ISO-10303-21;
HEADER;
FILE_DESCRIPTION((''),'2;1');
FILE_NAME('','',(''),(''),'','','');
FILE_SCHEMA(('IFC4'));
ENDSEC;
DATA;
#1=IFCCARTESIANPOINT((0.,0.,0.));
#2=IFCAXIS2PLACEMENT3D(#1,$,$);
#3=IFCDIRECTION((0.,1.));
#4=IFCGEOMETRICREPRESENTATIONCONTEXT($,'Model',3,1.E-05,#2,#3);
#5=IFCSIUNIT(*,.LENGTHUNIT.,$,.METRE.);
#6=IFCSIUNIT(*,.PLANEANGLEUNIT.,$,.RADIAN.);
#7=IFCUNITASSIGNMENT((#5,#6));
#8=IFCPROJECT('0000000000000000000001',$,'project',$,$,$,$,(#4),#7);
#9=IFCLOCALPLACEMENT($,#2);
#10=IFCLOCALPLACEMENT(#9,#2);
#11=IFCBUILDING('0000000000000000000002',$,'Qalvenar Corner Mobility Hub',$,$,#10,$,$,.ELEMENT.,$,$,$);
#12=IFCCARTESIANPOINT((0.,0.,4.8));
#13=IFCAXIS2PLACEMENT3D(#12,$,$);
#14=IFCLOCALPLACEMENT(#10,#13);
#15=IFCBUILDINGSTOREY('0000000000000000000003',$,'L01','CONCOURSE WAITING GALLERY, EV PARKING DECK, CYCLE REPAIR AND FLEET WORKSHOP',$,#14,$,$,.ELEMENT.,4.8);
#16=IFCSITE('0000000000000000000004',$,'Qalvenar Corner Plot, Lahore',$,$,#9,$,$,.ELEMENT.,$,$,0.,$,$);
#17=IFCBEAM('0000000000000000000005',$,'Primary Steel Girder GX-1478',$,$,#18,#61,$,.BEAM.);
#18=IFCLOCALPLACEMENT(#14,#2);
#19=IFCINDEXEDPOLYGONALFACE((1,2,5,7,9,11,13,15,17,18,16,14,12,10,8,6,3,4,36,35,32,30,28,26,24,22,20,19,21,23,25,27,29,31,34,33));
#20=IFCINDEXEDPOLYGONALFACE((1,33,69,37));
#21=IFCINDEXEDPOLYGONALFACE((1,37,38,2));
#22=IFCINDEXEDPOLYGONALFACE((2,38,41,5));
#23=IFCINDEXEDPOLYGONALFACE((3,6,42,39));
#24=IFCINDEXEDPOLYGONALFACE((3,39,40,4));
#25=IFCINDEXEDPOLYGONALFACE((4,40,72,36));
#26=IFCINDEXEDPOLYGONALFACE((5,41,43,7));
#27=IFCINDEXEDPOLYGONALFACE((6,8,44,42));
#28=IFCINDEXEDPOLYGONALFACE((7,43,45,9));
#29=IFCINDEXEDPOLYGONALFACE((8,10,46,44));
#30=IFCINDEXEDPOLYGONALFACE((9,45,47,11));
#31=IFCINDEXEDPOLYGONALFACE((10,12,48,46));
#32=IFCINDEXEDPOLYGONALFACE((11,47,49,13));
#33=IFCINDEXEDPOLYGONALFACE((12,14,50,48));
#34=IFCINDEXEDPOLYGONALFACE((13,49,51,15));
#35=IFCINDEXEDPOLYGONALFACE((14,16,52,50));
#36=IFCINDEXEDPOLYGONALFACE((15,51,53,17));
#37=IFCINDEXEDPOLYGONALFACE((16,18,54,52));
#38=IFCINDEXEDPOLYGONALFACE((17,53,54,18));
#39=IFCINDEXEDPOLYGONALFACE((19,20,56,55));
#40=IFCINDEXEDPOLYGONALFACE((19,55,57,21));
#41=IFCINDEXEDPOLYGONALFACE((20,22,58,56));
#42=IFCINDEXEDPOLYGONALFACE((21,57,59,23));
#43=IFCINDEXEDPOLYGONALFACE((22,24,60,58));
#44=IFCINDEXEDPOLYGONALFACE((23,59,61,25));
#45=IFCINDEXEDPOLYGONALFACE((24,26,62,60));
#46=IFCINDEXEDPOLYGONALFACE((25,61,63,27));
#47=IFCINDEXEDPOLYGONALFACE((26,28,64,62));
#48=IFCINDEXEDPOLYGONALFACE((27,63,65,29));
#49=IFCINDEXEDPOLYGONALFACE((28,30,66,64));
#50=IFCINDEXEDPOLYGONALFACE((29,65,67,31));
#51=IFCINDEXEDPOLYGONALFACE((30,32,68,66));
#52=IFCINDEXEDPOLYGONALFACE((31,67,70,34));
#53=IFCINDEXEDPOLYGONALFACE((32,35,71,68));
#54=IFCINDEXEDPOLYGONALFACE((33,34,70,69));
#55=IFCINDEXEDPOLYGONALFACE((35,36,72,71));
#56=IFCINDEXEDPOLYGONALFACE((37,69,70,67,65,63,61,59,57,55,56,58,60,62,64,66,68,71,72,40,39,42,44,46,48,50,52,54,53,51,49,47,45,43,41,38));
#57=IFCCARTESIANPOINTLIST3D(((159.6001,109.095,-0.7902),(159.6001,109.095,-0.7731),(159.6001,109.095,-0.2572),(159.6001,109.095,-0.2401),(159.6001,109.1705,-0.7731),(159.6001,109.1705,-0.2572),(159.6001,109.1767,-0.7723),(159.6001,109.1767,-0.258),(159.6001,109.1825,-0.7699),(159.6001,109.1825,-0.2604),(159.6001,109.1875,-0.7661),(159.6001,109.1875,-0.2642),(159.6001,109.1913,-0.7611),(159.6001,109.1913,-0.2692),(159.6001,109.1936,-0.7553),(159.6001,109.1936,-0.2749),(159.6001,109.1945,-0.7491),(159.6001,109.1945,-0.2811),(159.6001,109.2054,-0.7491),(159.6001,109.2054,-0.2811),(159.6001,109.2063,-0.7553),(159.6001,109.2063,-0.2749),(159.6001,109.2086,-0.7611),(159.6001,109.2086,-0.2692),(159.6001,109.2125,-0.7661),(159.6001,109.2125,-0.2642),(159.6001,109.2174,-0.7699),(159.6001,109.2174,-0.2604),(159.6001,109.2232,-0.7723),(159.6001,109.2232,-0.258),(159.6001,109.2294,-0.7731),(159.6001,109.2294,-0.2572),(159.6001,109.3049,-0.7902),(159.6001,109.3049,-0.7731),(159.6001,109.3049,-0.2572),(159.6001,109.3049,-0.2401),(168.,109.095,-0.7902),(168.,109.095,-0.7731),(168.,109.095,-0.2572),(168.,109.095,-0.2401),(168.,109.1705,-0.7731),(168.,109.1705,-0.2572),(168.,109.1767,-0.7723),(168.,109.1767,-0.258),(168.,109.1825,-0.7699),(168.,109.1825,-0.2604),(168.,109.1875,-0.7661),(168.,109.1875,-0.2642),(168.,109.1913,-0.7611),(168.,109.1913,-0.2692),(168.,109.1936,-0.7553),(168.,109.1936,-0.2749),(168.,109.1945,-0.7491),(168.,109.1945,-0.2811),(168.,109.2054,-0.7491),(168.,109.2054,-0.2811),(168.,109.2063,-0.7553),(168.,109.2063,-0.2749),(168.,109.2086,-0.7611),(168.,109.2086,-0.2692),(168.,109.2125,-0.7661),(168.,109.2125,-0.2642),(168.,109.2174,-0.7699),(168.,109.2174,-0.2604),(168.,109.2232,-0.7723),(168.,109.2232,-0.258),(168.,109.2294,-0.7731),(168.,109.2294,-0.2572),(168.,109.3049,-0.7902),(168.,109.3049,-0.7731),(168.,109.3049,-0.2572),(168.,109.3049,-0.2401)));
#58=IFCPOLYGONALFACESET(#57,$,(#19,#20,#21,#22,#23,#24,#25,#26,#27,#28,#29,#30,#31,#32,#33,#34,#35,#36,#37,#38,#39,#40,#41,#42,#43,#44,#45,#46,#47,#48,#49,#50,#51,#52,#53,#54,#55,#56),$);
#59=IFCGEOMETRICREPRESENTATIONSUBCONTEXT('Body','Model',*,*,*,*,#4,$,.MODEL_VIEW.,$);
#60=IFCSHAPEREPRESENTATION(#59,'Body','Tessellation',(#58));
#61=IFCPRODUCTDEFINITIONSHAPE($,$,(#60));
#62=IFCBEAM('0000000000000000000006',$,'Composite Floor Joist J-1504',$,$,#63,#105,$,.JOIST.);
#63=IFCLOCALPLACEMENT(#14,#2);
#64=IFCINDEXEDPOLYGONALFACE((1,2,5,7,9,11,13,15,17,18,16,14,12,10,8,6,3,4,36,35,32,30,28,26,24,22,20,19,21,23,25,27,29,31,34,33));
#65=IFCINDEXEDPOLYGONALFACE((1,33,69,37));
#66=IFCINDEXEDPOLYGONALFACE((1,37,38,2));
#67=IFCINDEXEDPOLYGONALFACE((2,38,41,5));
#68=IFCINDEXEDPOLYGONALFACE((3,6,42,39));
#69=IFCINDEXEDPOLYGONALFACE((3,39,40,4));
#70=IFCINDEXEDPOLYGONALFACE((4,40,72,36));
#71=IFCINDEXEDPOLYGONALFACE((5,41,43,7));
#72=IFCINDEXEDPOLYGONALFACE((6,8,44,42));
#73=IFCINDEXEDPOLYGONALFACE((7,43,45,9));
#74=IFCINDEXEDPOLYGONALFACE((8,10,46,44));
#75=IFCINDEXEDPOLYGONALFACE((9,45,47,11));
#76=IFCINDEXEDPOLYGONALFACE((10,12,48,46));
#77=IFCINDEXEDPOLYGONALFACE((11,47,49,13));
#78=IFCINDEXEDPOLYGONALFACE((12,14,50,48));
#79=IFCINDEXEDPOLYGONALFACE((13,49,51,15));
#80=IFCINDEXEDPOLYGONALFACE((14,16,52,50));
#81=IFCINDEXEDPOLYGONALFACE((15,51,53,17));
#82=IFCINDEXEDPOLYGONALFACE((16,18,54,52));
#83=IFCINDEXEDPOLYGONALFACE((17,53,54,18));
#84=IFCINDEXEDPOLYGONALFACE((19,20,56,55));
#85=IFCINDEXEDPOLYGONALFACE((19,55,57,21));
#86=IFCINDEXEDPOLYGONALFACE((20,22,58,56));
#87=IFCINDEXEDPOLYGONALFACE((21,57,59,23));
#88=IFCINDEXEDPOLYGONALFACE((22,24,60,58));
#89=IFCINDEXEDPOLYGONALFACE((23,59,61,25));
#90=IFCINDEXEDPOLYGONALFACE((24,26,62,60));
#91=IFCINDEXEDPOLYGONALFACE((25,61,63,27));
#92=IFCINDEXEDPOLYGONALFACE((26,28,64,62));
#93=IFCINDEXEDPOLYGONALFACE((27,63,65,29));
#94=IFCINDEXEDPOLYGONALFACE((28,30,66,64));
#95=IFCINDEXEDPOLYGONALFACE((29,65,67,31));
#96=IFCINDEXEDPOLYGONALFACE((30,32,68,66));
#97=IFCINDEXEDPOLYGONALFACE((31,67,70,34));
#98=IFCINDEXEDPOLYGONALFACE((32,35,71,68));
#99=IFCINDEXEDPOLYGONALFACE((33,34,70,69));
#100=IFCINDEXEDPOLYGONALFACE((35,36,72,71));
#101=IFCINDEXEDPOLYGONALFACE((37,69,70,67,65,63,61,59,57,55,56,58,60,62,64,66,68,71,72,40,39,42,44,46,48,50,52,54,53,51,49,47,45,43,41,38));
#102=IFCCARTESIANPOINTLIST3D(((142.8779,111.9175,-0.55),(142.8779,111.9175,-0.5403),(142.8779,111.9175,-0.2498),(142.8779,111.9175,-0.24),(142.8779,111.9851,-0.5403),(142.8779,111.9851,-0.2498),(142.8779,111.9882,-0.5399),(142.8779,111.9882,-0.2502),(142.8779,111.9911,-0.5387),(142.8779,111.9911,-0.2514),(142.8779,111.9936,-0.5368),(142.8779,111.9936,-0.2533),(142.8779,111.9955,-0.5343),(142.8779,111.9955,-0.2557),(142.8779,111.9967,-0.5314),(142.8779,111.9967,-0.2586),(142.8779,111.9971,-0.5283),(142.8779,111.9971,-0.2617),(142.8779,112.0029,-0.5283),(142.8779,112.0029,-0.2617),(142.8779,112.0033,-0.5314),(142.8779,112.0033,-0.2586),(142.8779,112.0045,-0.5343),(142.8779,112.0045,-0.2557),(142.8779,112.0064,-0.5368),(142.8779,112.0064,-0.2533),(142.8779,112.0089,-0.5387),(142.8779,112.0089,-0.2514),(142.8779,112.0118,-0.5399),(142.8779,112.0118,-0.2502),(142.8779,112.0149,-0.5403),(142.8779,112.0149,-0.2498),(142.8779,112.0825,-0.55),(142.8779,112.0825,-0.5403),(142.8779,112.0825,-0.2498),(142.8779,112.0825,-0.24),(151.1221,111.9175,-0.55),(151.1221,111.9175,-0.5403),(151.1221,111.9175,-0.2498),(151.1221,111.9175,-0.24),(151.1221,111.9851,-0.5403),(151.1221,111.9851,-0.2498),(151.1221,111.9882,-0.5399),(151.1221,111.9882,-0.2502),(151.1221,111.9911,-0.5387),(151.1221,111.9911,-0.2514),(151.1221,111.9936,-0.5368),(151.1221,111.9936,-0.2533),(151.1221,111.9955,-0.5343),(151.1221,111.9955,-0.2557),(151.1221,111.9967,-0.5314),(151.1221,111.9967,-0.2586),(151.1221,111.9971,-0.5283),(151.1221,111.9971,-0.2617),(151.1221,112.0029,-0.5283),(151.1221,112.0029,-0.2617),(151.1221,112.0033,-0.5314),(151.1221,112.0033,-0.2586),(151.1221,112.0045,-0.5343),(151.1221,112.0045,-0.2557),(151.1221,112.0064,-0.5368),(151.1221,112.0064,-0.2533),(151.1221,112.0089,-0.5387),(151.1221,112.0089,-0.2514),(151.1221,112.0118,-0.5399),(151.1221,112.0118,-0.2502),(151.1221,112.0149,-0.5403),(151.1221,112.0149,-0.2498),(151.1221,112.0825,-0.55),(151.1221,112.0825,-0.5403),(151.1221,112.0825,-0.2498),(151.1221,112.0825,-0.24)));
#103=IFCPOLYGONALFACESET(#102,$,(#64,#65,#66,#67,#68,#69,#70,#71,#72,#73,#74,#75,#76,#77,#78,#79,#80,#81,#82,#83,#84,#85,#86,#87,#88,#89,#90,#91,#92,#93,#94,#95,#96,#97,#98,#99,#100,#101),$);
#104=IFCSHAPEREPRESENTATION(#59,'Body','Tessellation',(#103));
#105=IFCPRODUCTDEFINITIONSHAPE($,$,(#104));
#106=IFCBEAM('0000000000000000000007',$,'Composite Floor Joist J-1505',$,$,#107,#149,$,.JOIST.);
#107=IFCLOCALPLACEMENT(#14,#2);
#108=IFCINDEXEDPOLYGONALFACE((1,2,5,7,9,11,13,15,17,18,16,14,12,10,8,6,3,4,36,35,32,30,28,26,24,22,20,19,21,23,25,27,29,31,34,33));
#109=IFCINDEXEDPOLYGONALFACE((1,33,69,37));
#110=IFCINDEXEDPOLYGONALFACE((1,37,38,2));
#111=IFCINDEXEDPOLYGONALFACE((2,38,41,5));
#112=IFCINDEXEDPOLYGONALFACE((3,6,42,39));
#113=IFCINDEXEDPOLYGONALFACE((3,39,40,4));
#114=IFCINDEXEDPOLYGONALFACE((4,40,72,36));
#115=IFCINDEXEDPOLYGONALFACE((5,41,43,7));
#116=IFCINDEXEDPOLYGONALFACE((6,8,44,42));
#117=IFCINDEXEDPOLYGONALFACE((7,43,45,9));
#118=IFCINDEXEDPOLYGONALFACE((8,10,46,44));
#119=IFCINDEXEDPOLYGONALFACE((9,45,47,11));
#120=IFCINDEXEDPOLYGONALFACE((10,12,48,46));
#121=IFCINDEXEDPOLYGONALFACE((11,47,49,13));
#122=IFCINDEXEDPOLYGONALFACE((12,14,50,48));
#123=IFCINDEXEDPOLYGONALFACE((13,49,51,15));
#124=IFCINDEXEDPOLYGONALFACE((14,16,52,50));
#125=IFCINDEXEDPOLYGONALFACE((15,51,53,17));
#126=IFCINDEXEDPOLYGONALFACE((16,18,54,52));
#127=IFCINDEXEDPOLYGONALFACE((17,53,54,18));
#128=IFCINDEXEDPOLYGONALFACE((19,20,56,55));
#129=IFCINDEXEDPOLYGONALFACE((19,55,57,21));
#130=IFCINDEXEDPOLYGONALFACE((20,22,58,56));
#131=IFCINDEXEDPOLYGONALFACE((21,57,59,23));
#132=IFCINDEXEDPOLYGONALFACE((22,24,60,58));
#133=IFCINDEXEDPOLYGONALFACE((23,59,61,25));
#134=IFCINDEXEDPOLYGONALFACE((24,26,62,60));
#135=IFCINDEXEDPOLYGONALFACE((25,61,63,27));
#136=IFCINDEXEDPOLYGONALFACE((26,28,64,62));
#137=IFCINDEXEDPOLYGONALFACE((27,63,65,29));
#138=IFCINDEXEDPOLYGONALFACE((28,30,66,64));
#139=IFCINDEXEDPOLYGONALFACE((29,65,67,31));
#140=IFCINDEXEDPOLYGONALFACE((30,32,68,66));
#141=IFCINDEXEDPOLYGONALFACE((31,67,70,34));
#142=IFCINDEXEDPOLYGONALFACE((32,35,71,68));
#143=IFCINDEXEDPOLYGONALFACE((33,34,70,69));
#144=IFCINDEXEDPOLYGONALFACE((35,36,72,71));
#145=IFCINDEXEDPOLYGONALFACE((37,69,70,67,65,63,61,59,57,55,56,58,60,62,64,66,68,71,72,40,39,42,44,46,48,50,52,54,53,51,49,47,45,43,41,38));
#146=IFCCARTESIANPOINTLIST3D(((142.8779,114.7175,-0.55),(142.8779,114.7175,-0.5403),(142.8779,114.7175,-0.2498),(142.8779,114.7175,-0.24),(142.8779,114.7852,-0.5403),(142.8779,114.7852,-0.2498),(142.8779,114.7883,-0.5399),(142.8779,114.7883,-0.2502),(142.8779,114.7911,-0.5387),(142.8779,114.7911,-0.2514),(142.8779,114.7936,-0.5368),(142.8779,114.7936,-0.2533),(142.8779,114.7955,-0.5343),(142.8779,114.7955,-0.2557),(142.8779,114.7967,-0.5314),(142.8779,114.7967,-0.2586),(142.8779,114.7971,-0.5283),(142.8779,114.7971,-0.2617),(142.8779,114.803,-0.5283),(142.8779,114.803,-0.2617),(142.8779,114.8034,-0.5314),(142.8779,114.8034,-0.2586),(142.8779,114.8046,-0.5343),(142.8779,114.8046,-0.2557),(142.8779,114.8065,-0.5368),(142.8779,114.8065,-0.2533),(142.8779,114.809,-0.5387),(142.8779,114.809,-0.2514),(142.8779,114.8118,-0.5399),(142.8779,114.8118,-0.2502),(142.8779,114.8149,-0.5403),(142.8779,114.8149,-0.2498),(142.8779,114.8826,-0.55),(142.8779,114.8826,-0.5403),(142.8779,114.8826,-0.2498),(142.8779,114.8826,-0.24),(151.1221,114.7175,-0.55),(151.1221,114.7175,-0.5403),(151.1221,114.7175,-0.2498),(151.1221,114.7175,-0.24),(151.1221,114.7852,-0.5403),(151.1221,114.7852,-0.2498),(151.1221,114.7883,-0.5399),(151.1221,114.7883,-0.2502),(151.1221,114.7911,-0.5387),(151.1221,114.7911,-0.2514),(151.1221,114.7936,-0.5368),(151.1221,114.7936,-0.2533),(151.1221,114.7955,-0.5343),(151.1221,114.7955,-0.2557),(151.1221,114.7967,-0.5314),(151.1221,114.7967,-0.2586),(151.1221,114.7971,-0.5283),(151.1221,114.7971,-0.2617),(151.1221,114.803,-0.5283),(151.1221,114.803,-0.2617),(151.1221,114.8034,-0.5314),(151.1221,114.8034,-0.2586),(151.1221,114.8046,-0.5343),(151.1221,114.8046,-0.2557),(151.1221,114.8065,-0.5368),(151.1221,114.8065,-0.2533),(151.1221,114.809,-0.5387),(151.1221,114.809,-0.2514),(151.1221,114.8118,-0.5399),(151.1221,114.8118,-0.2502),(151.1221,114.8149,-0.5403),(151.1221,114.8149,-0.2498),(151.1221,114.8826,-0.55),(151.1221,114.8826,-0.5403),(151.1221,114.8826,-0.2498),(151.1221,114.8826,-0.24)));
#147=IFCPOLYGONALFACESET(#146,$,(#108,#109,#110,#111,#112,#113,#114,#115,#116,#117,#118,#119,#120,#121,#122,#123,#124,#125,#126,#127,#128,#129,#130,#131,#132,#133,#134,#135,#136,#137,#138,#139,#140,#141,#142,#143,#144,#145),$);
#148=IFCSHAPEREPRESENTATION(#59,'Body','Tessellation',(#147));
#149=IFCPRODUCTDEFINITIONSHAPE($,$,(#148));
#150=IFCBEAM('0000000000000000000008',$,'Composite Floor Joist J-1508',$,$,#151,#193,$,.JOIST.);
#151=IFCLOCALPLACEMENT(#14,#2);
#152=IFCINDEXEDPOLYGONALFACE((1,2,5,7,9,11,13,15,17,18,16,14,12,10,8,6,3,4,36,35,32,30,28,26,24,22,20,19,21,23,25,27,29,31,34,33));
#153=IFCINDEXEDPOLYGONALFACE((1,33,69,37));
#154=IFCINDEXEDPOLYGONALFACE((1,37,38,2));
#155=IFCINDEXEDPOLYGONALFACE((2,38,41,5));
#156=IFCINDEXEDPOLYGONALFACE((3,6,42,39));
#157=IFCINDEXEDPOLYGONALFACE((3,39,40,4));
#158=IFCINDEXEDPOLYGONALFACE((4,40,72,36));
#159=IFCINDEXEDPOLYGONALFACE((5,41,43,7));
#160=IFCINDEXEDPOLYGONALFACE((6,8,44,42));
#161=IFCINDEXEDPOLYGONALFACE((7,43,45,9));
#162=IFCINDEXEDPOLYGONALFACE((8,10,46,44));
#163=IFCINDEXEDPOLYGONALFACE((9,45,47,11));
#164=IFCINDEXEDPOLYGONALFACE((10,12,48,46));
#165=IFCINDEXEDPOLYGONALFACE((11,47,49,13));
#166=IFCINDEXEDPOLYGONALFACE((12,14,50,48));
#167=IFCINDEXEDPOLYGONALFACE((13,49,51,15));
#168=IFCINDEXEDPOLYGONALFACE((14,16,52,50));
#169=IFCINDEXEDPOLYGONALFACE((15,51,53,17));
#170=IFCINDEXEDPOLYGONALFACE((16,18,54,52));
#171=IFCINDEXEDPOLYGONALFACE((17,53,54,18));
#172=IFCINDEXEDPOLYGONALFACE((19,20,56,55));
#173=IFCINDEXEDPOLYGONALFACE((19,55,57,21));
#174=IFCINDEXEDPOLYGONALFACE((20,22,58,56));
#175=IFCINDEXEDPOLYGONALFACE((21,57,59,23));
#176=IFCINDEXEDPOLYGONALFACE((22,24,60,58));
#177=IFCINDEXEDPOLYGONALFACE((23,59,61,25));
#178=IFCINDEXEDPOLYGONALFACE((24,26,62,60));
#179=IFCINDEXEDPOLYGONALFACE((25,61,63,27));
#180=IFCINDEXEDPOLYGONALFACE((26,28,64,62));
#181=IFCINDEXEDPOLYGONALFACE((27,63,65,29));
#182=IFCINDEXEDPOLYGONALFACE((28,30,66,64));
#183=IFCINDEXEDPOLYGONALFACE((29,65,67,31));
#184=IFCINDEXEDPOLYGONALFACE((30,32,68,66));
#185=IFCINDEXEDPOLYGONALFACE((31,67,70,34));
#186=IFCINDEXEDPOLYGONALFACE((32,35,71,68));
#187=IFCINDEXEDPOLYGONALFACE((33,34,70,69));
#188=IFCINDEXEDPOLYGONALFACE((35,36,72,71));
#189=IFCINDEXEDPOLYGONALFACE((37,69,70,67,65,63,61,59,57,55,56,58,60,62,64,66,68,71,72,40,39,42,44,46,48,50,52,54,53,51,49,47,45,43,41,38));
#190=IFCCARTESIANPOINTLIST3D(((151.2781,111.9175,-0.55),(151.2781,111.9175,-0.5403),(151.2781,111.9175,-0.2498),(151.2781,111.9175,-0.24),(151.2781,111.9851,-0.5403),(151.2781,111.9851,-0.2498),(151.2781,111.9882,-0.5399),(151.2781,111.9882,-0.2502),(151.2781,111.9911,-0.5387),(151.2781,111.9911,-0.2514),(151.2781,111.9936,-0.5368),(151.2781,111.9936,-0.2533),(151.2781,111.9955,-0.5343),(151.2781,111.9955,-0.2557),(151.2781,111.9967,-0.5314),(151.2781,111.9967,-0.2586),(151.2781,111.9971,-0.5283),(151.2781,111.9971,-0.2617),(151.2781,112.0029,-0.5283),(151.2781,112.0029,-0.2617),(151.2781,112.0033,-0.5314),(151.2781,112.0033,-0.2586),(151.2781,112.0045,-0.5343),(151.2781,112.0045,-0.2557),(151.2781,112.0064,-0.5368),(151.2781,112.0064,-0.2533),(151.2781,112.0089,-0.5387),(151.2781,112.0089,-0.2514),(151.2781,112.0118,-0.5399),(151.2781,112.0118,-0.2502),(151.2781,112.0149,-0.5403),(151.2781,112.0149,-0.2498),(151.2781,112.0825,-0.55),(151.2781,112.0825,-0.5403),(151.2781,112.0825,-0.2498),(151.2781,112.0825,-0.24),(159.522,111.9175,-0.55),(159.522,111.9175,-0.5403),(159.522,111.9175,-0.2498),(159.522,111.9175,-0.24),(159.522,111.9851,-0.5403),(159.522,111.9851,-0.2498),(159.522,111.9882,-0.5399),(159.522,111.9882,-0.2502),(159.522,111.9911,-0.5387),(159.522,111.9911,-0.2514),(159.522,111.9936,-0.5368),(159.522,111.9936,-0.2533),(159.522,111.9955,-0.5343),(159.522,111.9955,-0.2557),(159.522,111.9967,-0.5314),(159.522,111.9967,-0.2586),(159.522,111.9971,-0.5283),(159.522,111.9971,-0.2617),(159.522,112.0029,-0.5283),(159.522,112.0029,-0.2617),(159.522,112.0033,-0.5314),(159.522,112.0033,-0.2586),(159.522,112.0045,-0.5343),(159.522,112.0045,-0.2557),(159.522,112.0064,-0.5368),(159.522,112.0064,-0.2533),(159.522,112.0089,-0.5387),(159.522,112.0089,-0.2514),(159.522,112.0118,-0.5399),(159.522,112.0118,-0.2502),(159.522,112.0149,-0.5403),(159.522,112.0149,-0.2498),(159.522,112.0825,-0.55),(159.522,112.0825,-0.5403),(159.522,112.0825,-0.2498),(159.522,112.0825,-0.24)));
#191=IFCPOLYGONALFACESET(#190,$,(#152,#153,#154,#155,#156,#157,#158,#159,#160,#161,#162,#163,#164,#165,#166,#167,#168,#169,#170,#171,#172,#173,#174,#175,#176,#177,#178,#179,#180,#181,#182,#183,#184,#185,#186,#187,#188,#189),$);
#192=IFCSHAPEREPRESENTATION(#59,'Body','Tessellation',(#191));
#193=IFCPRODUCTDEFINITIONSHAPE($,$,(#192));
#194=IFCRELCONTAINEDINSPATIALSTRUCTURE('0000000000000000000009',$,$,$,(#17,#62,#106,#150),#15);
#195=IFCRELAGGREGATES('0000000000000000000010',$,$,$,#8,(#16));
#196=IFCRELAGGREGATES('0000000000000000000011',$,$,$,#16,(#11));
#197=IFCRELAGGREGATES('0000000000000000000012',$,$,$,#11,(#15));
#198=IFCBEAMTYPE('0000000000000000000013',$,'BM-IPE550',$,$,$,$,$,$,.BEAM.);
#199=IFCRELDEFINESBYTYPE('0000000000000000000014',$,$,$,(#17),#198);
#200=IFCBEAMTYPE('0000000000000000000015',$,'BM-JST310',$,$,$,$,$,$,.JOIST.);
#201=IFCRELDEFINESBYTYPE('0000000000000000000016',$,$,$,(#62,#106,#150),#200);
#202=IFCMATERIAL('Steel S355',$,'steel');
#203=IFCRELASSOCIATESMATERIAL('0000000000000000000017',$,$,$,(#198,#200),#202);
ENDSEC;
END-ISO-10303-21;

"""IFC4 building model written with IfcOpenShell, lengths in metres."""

from ifc_helpers import new_model, si_unit, direction, frame, origin, origin_2d, place, context, subcontext, project, spatial, i_section, extrude, material, material_profile, profile_set, type_object, element, save


model = new_model("IFC4")

# Units and contexts
model_context = context("Model", 3, precision=1e-05, world=origin(), true_north=direction((0.0, 1.0)))
body_context = subcontext(model_context, "Body", "Model", "MODEL_VIEW")
ifc_project = project(units=[si_unit("LENGTHUNIT", "METRE"), si_unit("PLANEANGLEUNIT", "RADIAN")], contexts=[model_context])

# Site, building, storey
site_placement = place(None, origin())
site = spatial("IfcSite", under=ifc_project, at=site_placement, Name="Qalvenar Corner Plot, Lahore", CompositionType="ELEMENT", RefElevation=0.0)
building_placement = place(site_placement, origin())
building = spatial("IfcBuilding", under=site, at=building_placement, Name="Qalvenar Corner Mobility Hub", CompositionType="ELEMENT")
storey_placement = place(building_placement, frame((0.0, 0.0, 4.8)))
storey = spatial("IfcBuildingStorey", under=building, at=storey_placement, Name="L01", Description="CONCOURSE WAITING GALLERY, EV PARKING DECK, CYCLE REPAIR AND FLEET WORKSHOP", CompositionType="ELEMENT", Elevation=4.8)

# Shared definitions
ifc_material_1 = material(Name="Steel S355", Category="steel")

# Beams
ifc_material_profile_1 = material_profile(ifc_material_1, i_section(OverallWidth=0.21, OverallDepth=0.55, WebThickness=0.011, FlangeThickness=0.0171, FilletRadius=0.0239, at=origin_2d()), Name="IPE550")
ifc_profile_set_1 = profile_set([ifc_material_profile_1], Name="Steel S355")
beam_type_1 = type_object("IfcBeamType", Name="BM-IPE550", PredefinedType="BEAM", material=ifc_profile_set_1)
beam_1_placement = place(storey_placement, frame((159.6001, 109.2, -0.5151), z_axis=(1.0, 0.0, 0.0), x_axis=(0.0, 1.0, 0.0)))
element("IfcBeam", 1, at=beam_1_placement, inside=storey, type_object=beam_type_1, Name="Primary Steel Girder GX-1478", PredefinedType="BEAM", context=body_context, shape_type="SweptSolid", body=[
    extrude(i_section(OverallWidth=0.21, OverallDepth=0.55, WebThickness=0.011, FlangeThickness=0.0171, FilletRadius=0.0239, at=origin_2d()), origin(), (0.0, 0.0, 1.0), 8.3999),
])
ifc_material_profile_2 = material_profile(ifc_material_1, i_section(OverallWidth=0.165, OverallDepth=0.3101, WebThickness=0.0059, FlangeThickness=0.0098, FilletRadius=0.012, at=origin_2d()), Name="W310x38.7")
ifc_profile_set_2 = profile_set([ifc_material_profile_2], Name="Steel S355")
beam_type_2 = type_object("IfcBeamType", Name="BM-JST310", PredefinedType="JOIST", material=ifc_profile_set_2)
for number, where, z_axis, x_axis, name in (
    (2, (142.8779, 112.0, -0.395), (1.0, 0.0, 0.0), (0.0, 1.0, 0.0), "Composite Floor Joist J-1504"),
    (3, (142.8779, 114.8, -0.395), (1.0, 0.0, 0.0), (0.0, 1.0, 0.0), "Composite Floor Joist J-1505"),
):
    element("IfcBeam", number, at=place(storey_placement, frame(where, z_axis=z_axis, x_axis=x_axis)), inside=storey, type_object=beam_type_2, Name=name, PredefinedType="JOIST", context=body_context, shape_type="SweptSolid", body=[
        extrude(i_section(OverallWidth=0.165, OverallDepth=0.3101, WebThickness=0.0059, FlangeThickness=0.0098, FilletRadius=0.012, at=origin_2d()), origin(), (0.0, 0.0, 1.0), 8.2441),
    ])
for number, where, z_axis, x_axis, name in (
    (4, (151.2781, 112.0, -0.395), (1.0, 0.0, 0.0), (0.0, 1.0, 0.0), "Composite Floor Joist J-1508"),
):
    element("IfcBeam", number, at=place(storey_placement, frame(where, z_axis=z_axis, x_axis=x_axis)), inside=storey, type_object=beam_type_2, Name=name, PredefinedType="JOIST", context=body_context, shape_type="SweptSolid", body=[
        extrude(i_section(OverallWidth=0.165, OverallDepth=0.3101, WebThickness=0.0059, FlangeThickness=0.0098, FilletRadius=0.012, at=origin_2d()), origin(), (0.0, 0.0, 1.0), 8.2439),
    ])

save(model, "model.ifc")
